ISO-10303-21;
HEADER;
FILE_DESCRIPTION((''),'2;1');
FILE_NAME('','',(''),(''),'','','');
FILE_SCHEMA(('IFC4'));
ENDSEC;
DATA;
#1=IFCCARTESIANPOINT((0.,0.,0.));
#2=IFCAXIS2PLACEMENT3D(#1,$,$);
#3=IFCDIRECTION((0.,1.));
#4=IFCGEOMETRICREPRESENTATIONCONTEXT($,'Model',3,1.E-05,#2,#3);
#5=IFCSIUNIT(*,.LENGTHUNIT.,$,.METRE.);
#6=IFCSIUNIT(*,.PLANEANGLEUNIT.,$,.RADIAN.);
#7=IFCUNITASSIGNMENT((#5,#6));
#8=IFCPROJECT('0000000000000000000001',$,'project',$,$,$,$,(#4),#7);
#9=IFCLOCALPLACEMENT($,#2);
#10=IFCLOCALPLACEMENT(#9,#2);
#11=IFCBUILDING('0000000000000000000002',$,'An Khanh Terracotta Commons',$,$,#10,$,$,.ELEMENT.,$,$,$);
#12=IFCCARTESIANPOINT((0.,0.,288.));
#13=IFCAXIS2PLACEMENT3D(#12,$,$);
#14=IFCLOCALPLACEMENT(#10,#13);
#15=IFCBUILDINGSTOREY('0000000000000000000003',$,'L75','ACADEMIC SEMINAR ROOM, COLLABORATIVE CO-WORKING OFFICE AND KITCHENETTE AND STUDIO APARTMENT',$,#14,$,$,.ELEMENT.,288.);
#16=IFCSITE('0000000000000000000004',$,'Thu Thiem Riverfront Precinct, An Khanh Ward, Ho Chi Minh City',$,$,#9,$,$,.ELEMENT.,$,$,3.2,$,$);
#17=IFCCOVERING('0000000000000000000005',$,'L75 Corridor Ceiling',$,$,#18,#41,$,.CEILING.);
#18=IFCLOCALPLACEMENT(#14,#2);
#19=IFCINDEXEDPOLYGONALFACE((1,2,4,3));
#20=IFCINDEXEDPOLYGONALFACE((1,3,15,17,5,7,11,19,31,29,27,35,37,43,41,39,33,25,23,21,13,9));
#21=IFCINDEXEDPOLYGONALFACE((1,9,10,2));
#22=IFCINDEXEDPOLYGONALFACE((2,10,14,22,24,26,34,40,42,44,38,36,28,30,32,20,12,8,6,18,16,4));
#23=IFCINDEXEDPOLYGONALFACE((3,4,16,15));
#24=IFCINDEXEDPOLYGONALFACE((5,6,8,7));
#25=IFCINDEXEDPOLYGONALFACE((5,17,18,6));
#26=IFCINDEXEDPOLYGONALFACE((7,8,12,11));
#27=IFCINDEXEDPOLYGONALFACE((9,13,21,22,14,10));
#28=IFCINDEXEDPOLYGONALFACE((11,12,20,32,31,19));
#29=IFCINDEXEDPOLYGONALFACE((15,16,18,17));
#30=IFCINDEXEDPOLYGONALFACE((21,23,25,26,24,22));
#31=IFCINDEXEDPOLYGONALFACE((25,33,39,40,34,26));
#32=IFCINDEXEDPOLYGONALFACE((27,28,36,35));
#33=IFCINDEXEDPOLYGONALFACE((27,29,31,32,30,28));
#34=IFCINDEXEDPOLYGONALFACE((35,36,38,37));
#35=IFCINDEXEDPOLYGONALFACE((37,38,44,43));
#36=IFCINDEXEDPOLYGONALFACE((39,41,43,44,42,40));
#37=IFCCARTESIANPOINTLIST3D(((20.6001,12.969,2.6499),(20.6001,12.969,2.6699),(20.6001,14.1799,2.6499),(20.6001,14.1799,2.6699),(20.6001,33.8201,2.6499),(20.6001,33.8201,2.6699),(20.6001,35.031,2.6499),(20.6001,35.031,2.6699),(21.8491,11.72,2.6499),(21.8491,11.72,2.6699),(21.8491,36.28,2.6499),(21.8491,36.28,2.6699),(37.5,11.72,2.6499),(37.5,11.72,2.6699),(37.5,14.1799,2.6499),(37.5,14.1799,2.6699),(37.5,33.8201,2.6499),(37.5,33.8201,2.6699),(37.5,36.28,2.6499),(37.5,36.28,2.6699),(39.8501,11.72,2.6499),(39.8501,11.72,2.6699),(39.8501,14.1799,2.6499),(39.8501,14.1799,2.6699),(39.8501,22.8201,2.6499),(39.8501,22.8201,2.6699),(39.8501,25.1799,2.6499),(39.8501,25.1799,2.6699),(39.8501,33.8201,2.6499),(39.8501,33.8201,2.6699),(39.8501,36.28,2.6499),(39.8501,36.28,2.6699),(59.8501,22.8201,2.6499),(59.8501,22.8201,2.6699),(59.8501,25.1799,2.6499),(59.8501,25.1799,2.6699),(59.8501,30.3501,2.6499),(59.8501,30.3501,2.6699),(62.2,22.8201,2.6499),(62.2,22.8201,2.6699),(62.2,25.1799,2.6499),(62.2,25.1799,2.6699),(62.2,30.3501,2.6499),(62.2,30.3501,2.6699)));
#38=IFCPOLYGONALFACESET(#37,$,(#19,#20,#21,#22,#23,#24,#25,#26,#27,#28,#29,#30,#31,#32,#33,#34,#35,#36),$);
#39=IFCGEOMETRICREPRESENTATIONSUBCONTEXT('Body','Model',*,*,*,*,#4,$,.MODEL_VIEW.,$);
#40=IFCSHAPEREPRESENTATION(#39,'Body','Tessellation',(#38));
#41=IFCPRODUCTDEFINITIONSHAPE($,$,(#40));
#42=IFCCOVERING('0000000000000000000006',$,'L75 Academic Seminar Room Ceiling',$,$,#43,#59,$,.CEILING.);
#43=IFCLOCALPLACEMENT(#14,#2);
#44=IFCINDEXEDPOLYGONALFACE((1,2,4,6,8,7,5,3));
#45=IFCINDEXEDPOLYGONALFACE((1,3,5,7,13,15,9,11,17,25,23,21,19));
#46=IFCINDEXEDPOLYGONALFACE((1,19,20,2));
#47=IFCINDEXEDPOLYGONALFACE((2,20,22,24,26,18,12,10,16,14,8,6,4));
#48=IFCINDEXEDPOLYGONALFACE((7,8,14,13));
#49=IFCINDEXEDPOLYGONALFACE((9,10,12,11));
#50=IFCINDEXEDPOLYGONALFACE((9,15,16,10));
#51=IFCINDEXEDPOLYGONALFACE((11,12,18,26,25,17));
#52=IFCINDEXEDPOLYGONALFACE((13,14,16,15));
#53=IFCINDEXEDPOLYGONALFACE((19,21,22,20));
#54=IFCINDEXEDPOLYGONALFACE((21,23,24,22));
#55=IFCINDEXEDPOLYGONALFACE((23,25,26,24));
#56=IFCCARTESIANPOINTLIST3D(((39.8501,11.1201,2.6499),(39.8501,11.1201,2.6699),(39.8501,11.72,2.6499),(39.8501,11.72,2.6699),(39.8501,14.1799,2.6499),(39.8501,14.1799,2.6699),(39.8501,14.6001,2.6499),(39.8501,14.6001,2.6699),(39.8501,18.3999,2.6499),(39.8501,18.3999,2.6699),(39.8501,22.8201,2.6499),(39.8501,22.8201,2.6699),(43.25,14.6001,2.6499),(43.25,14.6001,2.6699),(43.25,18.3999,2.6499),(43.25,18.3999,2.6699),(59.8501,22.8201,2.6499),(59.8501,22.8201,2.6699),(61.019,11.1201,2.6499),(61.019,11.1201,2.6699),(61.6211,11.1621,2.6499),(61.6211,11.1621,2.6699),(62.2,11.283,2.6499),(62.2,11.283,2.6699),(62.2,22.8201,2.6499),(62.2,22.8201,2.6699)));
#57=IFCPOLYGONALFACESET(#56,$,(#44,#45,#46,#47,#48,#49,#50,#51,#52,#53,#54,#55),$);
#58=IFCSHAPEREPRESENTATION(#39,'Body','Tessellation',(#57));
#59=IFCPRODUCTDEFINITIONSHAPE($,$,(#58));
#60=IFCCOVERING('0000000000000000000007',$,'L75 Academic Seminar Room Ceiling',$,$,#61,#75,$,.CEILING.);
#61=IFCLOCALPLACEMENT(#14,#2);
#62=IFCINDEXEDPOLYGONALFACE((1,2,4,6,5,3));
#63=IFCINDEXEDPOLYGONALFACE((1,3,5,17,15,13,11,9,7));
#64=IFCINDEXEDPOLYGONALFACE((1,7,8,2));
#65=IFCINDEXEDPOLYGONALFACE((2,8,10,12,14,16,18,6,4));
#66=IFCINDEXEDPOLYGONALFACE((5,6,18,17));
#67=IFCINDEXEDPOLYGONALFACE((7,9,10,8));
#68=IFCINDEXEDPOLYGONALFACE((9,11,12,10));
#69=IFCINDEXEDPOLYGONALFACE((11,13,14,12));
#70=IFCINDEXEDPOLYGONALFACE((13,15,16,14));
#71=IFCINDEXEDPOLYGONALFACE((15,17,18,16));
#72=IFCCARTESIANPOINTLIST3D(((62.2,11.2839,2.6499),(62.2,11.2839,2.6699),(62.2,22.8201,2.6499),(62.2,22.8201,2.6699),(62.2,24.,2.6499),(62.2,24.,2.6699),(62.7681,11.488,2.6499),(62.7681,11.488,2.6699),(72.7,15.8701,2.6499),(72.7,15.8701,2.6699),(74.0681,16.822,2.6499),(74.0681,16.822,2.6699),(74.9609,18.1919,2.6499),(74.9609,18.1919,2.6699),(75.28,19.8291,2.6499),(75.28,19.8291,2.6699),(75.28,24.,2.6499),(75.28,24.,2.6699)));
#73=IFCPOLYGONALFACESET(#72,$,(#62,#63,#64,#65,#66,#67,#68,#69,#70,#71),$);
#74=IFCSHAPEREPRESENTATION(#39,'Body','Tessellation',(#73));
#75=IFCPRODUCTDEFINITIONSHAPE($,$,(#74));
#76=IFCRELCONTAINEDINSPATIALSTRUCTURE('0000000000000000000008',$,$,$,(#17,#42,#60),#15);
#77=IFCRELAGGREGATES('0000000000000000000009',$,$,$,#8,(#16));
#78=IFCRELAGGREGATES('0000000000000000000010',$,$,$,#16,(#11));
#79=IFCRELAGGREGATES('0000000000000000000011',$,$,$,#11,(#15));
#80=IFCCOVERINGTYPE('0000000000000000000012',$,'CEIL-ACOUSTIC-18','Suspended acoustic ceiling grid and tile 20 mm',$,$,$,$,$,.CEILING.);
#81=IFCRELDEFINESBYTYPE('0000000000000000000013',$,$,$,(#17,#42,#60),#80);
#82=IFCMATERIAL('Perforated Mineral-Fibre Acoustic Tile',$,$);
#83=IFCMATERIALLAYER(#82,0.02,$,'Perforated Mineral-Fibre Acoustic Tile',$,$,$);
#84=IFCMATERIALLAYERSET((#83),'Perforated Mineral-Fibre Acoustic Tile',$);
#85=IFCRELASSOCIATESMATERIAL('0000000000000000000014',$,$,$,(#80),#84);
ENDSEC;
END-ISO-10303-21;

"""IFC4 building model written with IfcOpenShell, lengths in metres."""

from ifc_helpers import new_model, si_unit, direction, frame, origin, place, context, subcontext, project, spatial, polyline, outline, extrude, material, layer, layer_set, type_object, element, save


model = new_model("IFC4")

# Units and contexts
model_context = context("Model", 3, precision=1e-05, world=origin(), true_north=direction((0.0, 1.0)))
body_context = subcontext(model_context, "Body", "Model", "MODEL_VIEW")
ifc_project = project(units=[si_unit("LENGTHUNIT", "METRE"), si_unit("PLANEANGLEUNIT", "RADIAN")], contexts=[model_context])

# Site, building, storey
site_placement = place(None, origin())
site = spatial("IfcSite", under=ifc_project, at=site_placement, Name="Thu Thiem Riverfront Precinct, An Khanh Ward, Ho Chi Minh City", CompositionType="ELEMENT", RefElevation=3.2)
building_placement = place(site_placement, origin())
building = spatial("IfcBuilding", under=site, at=building_placement, Name="An Khanh Terracotta Commons", CompositionType="ELEMENT")
storey_placement = place(building_placement, frame((0.0, 0.0, 288.0)))
storey = spatial("IfcBuildingStorey", under=building, at=storey_placement, Name="L75", Description="ACADEMIC SEMINAR ROOM, COLLABORATIVE CO-WORKING OFFICE AND KITCHENETTE AND STUDIO APARTMENT", CompositionType="ELEMENT", Elevation=288.0)

# Coverings
ifc_material_1 = material(Name="Perforated Mineral-Fibre Acoustic Tile")
ifc_layer_1 = layer(ifc_material_1, 0.02, Name="Perforated Mineral-Fibre Acoustic Tile")
ifc_layer_set_1 = layer_set([ifc_layer_1], Name="Perforated Mineral-Fibre Acoustic Tile")
covering_type = type_object("IfcCoveringType", Name="CEIL-ACOUSTIC-18", Description="Suspended acoustic ceiling grid and tile 20 mm", PredefinedType="CEILING", material=ifc_layer_set_1)
covering_1_placement = place(storey_placement, frame((0.0, 0.0, 2.6499)))
element("IfcCovering", 1, at=covering_1_placement, inside=storey, type_object=covering_type, Name="L75 Corridor Ceiling", PredefinedType="CEILING", context=body_context, shape_type="SweptSolid", body=[
    extrude(outline(polyline([(21.8491, 11.72), (20.6001, 12.969), (20.6001, 14.1799), (37.5, 14.1799), (37.5, 33.8201), (20.6001, 33.8201), (20.6001, 35.031), (21.8491, 36.28), (37.5, 36.28), (39.8501, 36.28), (39.8501, 33.8201), (39.8501, 25.1799), (59.8501, 25.1799), (59.8501, 30.3501), (62.2, 30.3501), (62.2, 25.1799), (62.2, 22.8201), (59.8501, 22.8201), (39.8501, 22.8201), (39.8501, 14.1799), (39.8501, 11.72), (37.5, 11.72), (21.8491, 11.72)])), origin(), (0.0, 0.0, 1.0), 0.02),
])
covering_2_placement = place(storey_placement, frame((0.0, 0.0, 2.6499)))
element("IfcCovering", 2, at=covering_2_placement, inside=storey, type_object=covering_type, Name="L75 Academic Seminar Room Ceiling", PredefinedType="CEILING", context=body_context, shape_type="SweptSolid", body=[
    extrude(outline(polyline([(61.6211, 11.1621), (61.019, 11.1201), (39.8501, 11.1201), (39.8501, 11.72), (39.8501, 14.1799), (39.8501, 14.6001), (43.25, 14.6001), (43.25, 18.3999), (39.8501, 18.3999), (39.8501, 22.8201), (59.8501, 22.8201), (62.2, 22.8201), (62.2, 11.283), (61.6211, 11.1621)])), origin(), (0.0, 0.0, 1.0), 0.02),
])
covering_3_placement = place(storey_placement, frame((0.0, 0.0, 2.6499)))
element("IfcCovering", 3, at=covering_3_placement, inside=storey, type_object=covering_type, Name="L75 Academic Seminar Room Ceiling", PredefinedType="CEILING", context=body_context, shape_type="SweptSolid", body=[
    extrude(outline(polyline([(75.28, 19.8291), (74.9609, 18.1919), (74.0681, 16.822), (72.7, 15.8701), (62.7681, 11.488), (62.2, 11.2839), (62.2, 11.283), (62.2, 22.8201), (62.2, 24.0), (75.28, 24.0), (75.28, 19.8291)])), origin(), (0.0, 0.0, 1.0), 0.02),
])

save(model, "model.ifc")
